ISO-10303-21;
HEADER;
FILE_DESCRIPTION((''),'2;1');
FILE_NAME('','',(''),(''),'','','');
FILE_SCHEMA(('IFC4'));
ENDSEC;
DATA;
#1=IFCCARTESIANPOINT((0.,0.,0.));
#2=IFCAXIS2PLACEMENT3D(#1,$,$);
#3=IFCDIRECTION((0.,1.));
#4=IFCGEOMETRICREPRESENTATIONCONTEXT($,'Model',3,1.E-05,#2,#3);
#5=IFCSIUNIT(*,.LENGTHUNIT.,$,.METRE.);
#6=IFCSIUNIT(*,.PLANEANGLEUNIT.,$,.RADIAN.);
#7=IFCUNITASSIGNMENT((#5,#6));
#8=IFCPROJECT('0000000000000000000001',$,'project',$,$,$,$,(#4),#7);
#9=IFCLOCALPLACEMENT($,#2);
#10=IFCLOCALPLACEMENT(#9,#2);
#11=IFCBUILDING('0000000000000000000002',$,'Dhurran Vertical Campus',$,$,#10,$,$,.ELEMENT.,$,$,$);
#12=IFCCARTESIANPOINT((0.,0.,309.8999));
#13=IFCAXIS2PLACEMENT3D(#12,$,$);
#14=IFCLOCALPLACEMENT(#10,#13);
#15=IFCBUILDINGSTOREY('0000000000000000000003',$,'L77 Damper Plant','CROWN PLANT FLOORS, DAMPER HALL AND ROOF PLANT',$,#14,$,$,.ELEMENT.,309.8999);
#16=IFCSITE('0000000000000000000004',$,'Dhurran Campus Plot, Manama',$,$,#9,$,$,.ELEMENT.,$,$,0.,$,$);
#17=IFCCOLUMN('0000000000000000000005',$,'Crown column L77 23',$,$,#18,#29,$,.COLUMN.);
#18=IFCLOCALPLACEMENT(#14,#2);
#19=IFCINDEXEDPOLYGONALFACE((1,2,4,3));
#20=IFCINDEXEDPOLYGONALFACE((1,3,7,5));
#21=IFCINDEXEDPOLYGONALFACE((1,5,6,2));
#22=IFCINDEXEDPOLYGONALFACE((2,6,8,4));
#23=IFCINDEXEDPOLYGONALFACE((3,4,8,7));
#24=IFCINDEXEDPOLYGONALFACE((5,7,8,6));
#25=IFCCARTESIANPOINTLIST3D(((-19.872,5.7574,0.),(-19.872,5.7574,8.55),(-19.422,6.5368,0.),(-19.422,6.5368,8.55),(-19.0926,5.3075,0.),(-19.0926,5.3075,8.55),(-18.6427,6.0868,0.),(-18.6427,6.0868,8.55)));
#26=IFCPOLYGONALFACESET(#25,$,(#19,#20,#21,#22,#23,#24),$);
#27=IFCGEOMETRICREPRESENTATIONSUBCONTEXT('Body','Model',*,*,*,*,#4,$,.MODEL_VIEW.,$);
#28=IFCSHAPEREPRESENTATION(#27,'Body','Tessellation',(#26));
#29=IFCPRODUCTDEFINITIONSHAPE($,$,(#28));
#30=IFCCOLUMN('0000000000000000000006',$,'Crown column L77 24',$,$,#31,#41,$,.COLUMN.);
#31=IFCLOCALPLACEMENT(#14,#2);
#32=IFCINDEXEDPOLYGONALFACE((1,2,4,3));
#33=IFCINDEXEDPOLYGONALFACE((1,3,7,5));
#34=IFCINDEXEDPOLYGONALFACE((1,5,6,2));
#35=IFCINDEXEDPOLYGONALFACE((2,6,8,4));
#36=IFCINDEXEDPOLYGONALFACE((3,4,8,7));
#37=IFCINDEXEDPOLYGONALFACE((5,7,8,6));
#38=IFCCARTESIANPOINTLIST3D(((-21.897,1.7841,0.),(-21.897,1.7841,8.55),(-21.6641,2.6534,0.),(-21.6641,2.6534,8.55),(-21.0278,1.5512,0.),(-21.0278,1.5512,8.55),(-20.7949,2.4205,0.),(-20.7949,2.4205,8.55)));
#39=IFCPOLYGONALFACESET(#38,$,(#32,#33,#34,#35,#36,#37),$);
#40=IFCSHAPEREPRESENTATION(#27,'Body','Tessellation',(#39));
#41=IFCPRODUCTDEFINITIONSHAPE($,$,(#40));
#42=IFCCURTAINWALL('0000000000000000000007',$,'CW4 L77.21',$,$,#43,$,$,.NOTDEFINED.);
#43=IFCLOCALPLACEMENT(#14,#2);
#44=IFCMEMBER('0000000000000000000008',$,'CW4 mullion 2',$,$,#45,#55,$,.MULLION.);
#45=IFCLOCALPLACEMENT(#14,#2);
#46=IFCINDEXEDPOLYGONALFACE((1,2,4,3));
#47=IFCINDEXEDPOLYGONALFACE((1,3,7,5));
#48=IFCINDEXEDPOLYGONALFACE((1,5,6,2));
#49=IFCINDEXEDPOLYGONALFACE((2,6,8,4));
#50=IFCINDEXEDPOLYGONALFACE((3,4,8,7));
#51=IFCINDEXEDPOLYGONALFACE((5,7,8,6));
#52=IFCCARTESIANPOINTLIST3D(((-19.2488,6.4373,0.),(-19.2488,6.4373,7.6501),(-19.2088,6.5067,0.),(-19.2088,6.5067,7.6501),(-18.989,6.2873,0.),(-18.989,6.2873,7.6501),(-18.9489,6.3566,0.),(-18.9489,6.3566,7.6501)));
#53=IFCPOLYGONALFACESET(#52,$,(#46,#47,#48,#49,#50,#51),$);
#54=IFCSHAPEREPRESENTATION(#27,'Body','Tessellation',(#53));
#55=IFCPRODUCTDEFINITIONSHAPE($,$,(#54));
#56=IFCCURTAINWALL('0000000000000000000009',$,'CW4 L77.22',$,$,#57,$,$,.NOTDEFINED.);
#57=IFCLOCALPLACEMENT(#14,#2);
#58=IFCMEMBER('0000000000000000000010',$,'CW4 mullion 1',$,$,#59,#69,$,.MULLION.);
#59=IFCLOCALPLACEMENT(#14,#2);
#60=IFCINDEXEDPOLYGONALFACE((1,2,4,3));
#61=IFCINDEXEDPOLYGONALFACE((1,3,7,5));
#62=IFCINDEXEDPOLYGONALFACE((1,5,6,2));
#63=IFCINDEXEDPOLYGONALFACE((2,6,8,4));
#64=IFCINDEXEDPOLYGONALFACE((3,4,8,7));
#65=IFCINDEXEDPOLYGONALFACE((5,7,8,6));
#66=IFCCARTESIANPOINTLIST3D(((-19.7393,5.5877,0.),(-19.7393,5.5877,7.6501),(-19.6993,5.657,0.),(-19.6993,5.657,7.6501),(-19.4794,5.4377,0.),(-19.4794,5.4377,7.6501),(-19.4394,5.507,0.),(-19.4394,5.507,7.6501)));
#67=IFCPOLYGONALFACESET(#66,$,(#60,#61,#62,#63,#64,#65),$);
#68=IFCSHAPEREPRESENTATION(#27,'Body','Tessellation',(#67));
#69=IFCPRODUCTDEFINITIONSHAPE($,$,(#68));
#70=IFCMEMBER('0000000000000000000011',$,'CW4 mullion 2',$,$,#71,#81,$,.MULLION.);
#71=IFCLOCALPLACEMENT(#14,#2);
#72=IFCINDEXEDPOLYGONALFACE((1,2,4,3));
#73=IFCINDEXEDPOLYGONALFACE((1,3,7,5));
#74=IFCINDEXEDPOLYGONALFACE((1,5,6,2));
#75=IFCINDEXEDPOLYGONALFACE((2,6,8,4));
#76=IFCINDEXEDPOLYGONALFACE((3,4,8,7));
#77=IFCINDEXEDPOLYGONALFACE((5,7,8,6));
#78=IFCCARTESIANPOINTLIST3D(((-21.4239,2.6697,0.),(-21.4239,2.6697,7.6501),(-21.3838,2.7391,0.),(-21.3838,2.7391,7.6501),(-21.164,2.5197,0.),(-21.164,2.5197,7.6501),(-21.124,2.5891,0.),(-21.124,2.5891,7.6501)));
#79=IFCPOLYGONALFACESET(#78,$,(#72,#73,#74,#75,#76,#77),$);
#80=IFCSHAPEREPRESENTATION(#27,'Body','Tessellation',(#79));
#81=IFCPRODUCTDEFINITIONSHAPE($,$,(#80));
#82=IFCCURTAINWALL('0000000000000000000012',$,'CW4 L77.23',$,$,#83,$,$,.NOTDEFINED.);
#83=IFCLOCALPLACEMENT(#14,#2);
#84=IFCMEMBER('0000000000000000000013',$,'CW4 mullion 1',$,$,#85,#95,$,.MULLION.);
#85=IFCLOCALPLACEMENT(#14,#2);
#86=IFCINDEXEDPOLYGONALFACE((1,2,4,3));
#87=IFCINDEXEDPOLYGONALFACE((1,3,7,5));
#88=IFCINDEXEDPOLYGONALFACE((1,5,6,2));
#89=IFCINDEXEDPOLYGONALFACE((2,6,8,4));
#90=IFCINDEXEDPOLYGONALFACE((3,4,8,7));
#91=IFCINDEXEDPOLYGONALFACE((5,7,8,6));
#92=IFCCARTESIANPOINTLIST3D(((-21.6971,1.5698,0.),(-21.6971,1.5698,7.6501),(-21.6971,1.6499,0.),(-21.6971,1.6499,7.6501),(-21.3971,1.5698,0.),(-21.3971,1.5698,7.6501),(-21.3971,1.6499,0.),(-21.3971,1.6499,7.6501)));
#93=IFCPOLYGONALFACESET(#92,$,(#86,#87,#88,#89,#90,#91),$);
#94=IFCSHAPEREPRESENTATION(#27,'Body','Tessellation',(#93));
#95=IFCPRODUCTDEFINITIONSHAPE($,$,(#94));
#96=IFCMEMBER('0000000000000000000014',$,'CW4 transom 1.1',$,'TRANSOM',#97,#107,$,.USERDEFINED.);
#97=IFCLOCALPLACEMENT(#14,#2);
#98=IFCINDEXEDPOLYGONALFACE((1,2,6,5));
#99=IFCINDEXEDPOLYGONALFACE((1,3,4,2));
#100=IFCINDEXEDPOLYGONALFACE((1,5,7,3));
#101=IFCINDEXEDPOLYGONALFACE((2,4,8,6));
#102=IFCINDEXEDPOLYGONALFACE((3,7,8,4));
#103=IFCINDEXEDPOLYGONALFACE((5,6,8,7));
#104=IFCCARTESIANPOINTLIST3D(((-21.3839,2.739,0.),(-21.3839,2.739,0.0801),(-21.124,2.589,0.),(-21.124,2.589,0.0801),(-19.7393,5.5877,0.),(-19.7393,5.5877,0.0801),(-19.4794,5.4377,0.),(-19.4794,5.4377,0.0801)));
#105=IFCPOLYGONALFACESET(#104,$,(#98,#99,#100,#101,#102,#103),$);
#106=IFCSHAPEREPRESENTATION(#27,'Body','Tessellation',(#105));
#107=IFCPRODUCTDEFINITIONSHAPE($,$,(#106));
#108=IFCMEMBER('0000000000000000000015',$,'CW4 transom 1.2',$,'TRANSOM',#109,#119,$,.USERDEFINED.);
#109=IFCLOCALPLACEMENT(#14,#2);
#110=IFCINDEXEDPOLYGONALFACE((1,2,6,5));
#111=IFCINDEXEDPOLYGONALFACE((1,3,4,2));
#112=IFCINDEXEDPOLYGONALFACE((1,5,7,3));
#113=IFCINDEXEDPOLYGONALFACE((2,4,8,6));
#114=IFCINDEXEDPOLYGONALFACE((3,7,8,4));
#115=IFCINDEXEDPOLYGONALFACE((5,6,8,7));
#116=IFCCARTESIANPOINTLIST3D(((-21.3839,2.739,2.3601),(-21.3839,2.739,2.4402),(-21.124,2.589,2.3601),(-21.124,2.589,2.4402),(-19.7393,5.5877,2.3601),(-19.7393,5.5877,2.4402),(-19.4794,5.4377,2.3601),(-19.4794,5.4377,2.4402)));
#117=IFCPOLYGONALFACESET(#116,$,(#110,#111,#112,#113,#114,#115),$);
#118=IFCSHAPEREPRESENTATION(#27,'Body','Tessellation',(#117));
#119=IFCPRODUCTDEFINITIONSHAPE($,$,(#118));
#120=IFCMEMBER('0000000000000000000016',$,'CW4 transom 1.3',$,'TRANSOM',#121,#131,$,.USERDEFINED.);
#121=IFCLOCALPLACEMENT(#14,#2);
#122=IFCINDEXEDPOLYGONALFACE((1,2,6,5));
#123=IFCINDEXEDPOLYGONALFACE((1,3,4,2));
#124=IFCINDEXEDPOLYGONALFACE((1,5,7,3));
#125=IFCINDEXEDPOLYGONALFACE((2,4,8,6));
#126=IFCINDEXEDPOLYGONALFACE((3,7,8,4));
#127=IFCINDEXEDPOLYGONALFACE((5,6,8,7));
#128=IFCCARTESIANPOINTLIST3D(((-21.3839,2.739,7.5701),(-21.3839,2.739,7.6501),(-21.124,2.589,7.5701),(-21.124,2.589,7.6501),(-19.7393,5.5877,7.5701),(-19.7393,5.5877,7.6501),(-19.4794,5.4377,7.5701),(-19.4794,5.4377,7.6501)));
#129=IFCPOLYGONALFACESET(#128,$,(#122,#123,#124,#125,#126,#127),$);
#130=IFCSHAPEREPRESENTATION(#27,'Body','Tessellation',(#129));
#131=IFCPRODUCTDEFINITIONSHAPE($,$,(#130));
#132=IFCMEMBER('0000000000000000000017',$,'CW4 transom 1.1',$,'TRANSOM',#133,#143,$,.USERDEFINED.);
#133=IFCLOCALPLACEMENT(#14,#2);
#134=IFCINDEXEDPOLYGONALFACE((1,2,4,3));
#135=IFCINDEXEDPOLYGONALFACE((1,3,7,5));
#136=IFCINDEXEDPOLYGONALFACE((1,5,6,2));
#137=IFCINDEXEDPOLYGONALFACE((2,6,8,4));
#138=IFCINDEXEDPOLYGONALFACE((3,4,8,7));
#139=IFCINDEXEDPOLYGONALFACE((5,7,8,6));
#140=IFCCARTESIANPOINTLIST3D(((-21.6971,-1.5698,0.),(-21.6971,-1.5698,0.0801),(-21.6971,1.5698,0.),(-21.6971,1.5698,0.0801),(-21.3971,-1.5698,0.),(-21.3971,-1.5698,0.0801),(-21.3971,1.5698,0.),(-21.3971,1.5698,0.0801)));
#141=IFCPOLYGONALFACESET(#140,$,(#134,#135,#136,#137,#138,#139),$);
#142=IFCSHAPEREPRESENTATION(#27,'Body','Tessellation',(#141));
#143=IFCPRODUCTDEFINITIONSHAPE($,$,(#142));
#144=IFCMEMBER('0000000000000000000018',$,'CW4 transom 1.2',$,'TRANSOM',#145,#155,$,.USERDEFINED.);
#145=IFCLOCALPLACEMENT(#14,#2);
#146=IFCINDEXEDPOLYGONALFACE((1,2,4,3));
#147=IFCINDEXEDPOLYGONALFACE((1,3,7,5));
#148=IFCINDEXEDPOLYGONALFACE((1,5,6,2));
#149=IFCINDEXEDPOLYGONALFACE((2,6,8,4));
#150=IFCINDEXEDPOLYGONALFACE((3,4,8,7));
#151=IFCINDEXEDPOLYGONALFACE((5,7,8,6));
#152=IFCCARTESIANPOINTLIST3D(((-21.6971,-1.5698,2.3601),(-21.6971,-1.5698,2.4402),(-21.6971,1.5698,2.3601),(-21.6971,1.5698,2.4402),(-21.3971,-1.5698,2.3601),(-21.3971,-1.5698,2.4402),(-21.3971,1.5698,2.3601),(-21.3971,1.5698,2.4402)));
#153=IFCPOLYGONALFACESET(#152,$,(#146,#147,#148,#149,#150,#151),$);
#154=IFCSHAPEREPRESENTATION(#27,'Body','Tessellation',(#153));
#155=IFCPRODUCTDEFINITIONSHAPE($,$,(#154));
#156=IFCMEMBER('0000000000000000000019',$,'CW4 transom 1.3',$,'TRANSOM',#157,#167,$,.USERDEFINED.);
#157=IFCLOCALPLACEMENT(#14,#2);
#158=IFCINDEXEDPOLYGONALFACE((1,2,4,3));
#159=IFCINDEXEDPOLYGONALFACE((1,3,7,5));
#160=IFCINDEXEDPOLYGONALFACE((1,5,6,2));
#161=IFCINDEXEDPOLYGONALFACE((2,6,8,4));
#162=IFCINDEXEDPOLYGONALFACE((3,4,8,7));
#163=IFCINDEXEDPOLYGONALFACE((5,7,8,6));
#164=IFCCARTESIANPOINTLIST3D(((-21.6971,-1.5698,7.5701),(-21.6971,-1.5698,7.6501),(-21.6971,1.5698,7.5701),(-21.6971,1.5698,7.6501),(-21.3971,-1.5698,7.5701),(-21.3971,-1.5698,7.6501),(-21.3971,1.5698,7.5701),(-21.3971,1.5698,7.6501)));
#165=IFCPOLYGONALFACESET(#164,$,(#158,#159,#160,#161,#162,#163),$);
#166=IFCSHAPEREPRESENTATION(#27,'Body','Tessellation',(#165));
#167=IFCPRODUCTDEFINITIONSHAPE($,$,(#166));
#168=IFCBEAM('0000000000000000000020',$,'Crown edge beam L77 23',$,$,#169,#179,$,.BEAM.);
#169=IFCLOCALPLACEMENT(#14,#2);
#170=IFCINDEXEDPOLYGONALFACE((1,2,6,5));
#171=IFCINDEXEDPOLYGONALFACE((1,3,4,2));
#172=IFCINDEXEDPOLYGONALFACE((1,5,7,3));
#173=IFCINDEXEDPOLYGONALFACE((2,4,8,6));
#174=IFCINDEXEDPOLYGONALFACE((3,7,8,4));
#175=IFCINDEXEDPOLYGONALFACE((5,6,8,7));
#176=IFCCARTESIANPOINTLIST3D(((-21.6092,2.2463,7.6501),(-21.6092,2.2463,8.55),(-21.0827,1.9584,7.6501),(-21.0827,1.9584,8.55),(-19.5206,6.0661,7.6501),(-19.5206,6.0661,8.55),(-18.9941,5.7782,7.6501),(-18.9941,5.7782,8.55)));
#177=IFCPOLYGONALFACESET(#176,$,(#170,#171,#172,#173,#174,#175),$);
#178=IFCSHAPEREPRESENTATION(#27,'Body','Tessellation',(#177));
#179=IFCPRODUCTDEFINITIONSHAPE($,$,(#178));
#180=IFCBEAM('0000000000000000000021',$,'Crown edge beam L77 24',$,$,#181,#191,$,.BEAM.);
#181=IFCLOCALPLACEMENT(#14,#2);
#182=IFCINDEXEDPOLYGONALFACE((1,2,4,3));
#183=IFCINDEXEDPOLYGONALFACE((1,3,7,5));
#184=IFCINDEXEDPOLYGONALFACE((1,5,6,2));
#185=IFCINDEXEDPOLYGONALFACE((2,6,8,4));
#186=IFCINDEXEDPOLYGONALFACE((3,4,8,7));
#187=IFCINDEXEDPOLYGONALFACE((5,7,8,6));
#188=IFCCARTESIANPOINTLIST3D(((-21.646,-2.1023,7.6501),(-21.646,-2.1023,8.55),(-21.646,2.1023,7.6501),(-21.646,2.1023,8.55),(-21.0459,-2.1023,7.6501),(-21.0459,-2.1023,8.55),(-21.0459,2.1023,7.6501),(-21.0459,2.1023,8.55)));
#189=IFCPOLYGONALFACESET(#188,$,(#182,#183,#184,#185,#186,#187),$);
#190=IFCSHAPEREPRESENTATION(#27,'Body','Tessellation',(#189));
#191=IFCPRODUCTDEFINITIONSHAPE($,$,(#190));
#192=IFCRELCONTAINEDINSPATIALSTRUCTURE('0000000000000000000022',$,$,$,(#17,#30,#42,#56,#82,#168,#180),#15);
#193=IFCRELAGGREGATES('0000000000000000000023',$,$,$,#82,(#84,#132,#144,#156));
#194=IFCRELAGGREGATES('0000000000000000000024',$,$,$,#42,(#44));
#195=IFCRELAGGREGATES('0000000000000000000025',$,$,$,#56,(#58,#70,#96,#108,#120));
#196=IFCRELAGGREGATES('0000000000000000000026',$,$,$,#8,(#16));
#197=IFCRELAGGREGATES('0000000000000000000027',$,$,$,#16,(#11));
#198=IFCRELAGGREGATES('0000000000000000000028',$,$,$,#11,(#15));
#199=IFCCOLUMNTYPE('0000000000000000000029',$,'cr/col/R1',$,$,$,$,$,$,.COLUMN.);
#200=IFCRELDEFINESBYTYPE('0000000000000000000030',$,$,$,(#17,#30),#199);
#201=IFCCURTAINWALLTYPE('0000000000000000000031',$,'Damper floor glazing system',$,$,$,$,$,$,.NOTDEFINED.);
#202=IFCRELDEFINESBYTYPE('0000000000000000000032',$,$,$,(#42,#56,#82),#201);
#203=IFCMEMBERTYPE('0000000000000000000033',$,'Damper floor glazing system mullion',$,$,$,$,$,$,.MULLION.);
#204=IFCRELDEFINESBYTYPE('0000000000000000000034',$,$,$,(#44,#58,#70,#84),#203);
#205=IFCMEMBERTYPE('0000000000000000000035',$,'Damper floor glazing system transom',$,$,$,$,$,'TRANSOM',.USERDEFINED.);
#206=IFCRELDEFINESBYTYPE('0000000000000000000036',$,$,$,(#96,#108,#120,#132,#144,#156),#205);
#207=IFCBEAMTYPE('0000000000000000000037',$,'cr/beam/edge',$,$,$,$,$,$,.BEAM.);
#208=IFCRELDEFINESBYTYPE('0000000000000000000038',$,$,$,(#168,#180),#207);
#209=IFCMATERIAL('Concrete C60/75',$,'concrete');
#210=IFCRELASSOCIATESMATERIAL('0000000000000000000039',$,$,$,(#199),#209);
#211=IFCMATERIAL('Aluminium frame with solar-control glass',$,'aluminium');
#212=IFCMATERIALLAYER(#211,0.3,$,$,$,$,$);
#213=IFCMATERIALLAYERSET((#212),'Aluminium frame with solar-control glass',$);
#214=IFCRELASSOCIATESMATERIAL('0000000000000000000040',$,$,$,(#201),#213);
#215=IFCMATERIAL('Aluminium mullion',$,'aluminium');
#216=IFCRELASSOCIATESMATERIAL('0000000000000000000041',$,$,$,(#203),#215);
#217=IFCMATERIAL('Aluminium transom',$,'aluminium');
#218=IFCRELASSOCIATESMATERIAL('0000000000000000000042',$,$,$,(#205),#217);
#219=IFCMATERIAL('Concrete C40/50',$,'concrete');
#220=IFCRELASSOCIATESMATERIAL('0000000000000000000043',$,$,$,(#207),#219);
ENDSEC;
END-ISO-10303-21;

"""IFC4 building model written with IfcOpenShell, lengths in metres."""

from ifc_helpers import new_model, si_unit, direction, frame, origin, origin_2d, place, context, subcontext, project, spatial, rectangle, extrude, material, layer, layer_set, material_profile, profile_set, type_object, element, aggregate, save


model = new_model("IFC4")

# Units and contexts
model_context = context("Model", 3, precision=1e-05, world=origin(), true_north=direction((0.0, 1.0)))
body_context = subcontext(model_context, "Body", "Model", "MODEL_VIEW")
ifc_project = project(units=[si_unit("LENGTHUNIT", "METRE"), si_unit("PLANEANGLEUNIT", "RADIAN")], contexts=[model_context])

# Site, building, storey
site_placement = place(None, origin())
site = spatial("IfcSite", under=ifc_project, at=site_placement, Name="Dhurran Campus Plot, Manama", CompositionType="ELEMENT", RefElevation=0.0)
building_placement = place(site_placement, origin())
building = spatial("IfcBuilding", under=site, at=building_placement, Name="Dhurran Vertical Campus", CompositionType="ELEMENT")
storey_placement = place(building_placement, frame((0.0, 0.0, 309.8999)))
storey = spatial("IfcBuildingStorey", under=building, at=storey_placement, Name="L77 Damper Plant", Description="CROWN PLANT FLOORS, DAMPER HALL AND ROOF PLANT", CompositionType="ELEMENT", Elevation=309.8999)

# Columns
ifc_material_1 = material(Name="Concrete C60/75", Category="concrete")
ifc_material_profile_1 = material_profile(ifc_material_1, rectangle(XDim=0.8999, YDim=0.8999, at=origin_2d()), Name="cr/col/R1")
ifc_profile_set_1 = profile_set([ifc_material_profile_1], Name="Concrete C60/75")
column_type = type_object("IfcColumnType", Name="cr/col/R1", PredefinedType="COLUMN", material=ifc_profile_set_1)
for number, where, z_axis, x_axis, name in (
    (1, (-19.2573, 5.9221, 0.0), (0.0, 0.0, 1.0), (-0.5, -0.866025, 0.0), "Crown column L77 23"),
    (2, (-21.3459, 2.1023, 0.0), (0.0, 0.0, 1.0), (-0.258819, -0.965926, 0.0), "Crown column L77 24"),
):
    element("IfcColumn", number, at=place(storey_placement, frame(where, z_axis=z_axis, x_axis=x_axis)), inside=storey, type_object=column_type, Name=name, PredefinedType="COLUMN", context=body_context, shape_type="SweptSolid", body=[
        extrude(rectangle(XDim=0.8999, YDim=0.8999, at=origin_2d()), origin(), (0.0, 0.0, 1.0), 8.55),
    ])

# Curtain wall, member
ifc_material_2 = material(Name="Aluminium frame with solar-control glass", Category="aluminium")
ifc_layer_1 = layer(ifc_material_2, 0.3)
ifc_layer_set_1 = layer_set([ifc_layer_1], Name="Aluminium frame with solar-control glass")
curtain_wall_type = type_object("IfcCurtainWallType", Name="Damper floor glazing system", PredefinedType="NOTDEFINED", material=ifc_layer_set_1)
curtain_wall_1_placement = place(storey_placement, origin())
curtain_wall_1 = element("IfcCurtainWall", 3, at=curtain_wall_1_placement, inside=storey, type_object=curtain_wall_type, Name="CW4 L77.21", PredefinedType="NOTDEFINED")
ifc_material_3 = material(Name="Aluminium mullion", Category="aluminium")
ifc_material_profile_2 = material_profile(ifc_material_3, rectangle(XDim=0.3, YDim=0.0801, at=origin_2d()), Name="Damper floor glazing system mullion")
ifc_profile_set_2 = profile_set([ifc_material_profile_2], Name="Aluminium mullion")
member_type_1 = type_object("IfcMemberType", Name="Damper floor glazing system mullion", PredefinedType="MULLION", material=ifc_profile_set_2)
member_1_placement = place(storey_placement, frame((-19.0989, 6.397, 0.0), z_axis=(0.0, 0.0, 1.0), x_axis=(0.866024, -0.500003, 0.0)))
member_1 = element("IfcMember", 4, at=member_1_placement, type_object=member_type_1, Name="CW4 mullion 2", PredefinedType="MULLION", context=body_context, shape_type="SweptSolid", body=[
    extrude(rectangle(XDim=0.3, YDim=0.0801, at=origin_2d()), origin(), (0.0, 0.0, 1.0), 7.6501),
])

# Curtain wall, members
curtain_wall_2_placement = place(storey_placement, origin())
curtain_wall_2 = element("IfcCurtainWall", 5, at=curtain_wall_2_placement, inside=storey, type_object=curtain_wall_type, Name="CW4 L77.22", PredefinedType="NOTDEFINED")
member_2_placement = place(storey_placement, frame((-19.5894, 5.5474, 0.0), z_axis=(0.0, 0.0, 1.0), x_axis=(0.866028, -0.499996, 0.0)))
member_2 = element("IfcMember", 6, at=member_2_placement, type_object=member_type_1, Name="CW4 mullion 1", PredefinedType="MULLION", context=body_context, shape_type="SweptSolid", body=[
    extrude(rectangle(XDim=0.3, YDim=0.0801, at=origin_2d()), origin(), (0.0, 0.0, 1.0), 7.6501),
])
member_3_placement = place(storey_placement, frame((-21.2739, 2.6294, 0.0), z_axis=(0.0, 0.0, 1.0), x_axis=(0.866028, -0.499996, 0.0)))
member_3 = element("IfcMember", 7, at=member_3_placement, type_object=member_type_1, Name="CW4 mullion 2", PredefinedType="MULLION", context=body_context, shape_type="SweptSolid", body=[
    extrude(rectangle(XDim=0.3, YDim=0.0801, at=origin_2d()), origin(), (0.0, 0.0, 1.0), 7.6501),
])

# Curtain wall, member
curtain_wall_3_placement = place(storey_placement, origin())
curtain_wall_3 = element("IfcCurtainWall", 8, at=curtain_wall_3_placement, inside=storey, type_object=curtain_wall_type, Name="CW4 L77.23", PredefinedType="NOTDEFINED")
member_4_placement = place(storey_placement, frame((-21.5471, 1.6099, 0.0), z_axis=(0.0, 0.0, 1.0), x_axis=(1.0, 0.0, 0.0)))
member_4 = element("IfcMember", 9, at=member_4_placement, type_object=member_type_1, Name="CW4 mullion 1", PredefinedType="MULLION", context=body_context, shape_type="SweptSolid", body=[
    extrude(rectangle(XDim=0.3, YDim=0.0801, at=origin_2d()), origin(), (0.0, 0.0, 1.0), 7.6501),
])

# Members
ifc_material_4 = material(Name="Aluminium transom", Category="aluminium")
ifc_material_profile_3 = material_profile(ifc_material_4, rectangle(XDim=0.3, YDim=0.0801, at=origin_2d()), Name="Damper floor glazing system transom")
ifc_profile_set_3 = profile_set([ifc_material_profile_3], Name="Aluminium transom")
member_type_2 = type_object("IfcMemberType", Name="Damper floor glazing system transom", ElementType="TRANSOM", PredefinedType="USERDEFINED", material=ifc_profile_set_3)
member_5_placement = place(storey_placement, frame((-19.6094, 5.5127, 0.04), z_axis=(-0.499971, -0.866042, 0.0), x_axis=(0.866042, -0.499971, 0.0)))
member_5 = element("IfcMember", 10, at=member_5_placement, type_object=member_type_2, Name="CW4 transom 1.1", ObjectType="TRANSOM", PredefinedType="USERDEFINED", context=body_context, shape_type="SweptSolid", body=[
    extrude(rectangle(XDim=0.3, YDim=0.0801, at=origin_2d()), origin(), (0.0, 0.0, 1.0), 3.2893),
])
member_6_placement = place(storey_placement, frame((-19.6094, 5.5127, 2.4001), z_axis=(-0.499971, -0.866042, 0.0), x_axis=(0.866042, -0.499971, 0.0)))
member_6 = element("IfcMember", 11, at=member_6_placement, type_object=member_type_2, Name="CW4 transom 1.2", ObjectType="TRANSOM", PredefinedType="USERDEFINED", context=body_context, shape_type="SweptSolid", body=[
    extrude(rectangle(XDim=0.3, YDim=0.0801, at=origin_2d()), origin(), (0.0, 0.0, 1.0), 3.2893),
])
member_7_placement = place(storey_placement, frame((-19.6094, 5.5127, 7.6101), z_axis=(-0.499971, -0.866042, 0.0), x_axis=(0.866042, -0.499971, 0.0)))
member_7 = element("IfcMember", 12, at=member_7_placement, type_object=member_type_2, Name="CW4 transom 1.3", ObjectType="TRANSOM", PredefinedType="USERDEFINED", context=body_context, shape_type="SweptSolid", body=[
    extrude(rectangle(XDim=0.3, YDim=0.0801, at=origin_2d()), origin(), (0.0, 0.0, 1.0), 3.2893),
])
member_8_placement = place(storey_placement, frame((-21.5471, 1.5698, 0.04), z_axis=(0.0, -1.0, 0.0), x_axis=(1.0, 0.0, 0.0)))
member_8 = element("IfcMember", 13, at=member_8_placement, type_object=member_type_2, Name="CW4 transom 1.1", ObjectType="TRANSOM", PredefinedType="USERDEFINED", context=body_context, shape_type="SweptSolid", body=[
    extrude(rectangle(XDim=0.3, YDim=0.0801, at=origin_2d()), origin(), (0.0, 0.0, 1.0), 3.1396),
])
member_9_placement = place(storey_placement, frame((-21.5471, 1.5698, 2.4001), z_axis=(0.0, -1.0, 0.0), x_axis=(1.0, 0.0, 0.0)))
member_9 = element("IfcMember", 14, at=member_9_placement, type_object=member_type_2, Name="CW4 transom 1.2", ObjectType="TRANSOM", PredefinedType="USERDEFINED", context=body_context, shape_type="SweptSolid", body=[
    extrude(rectangle(XDim=0.3, YDim=0.0801, at=origin_2d()), origin(), (0.0, 0.0, 1.0), 3.1396),
])
member_10_placement = place(storey_placement, frame((-21.5471, 1.5698, 7.6101), z_axis=(0.0, -1.0, 0.0), x_axis=(1.0, 0.0, 0.0)))
member_10 = element("IfcMember", 15, at=member_10_placement, type_object=member_type_2, Name="CW4 transom 1.3", ObjectType="TRANSOM", PredefinedType="USERDEFINED", context=body_context, shape_type="SweptSolid", body=[
    extrude(rectangle(XDim=0.3, YDim=0.0801, at=origin_2d()), origin(), (0.0, 0.0, 1.0), 3.1396),
])
aggregate(curtain_wall_3, [member_4, member_8, member_9, member_10])

# Beams
ifc_material_5 = material(Name="Concrete C40/50", Category="concrete")
ifc_material_profile_4 = material_profile(ifc_material_5, rectangle(XDim=0.6001, YDim=0.8999, at=origin_2d()), Name="cr/beam/edge")
ifc_profile_set_4 = profile_set([ifc_material_profile_4], Name="Concrete C40/50")
beam_type = type_object("IfcBeamType", Name="cr/beam/edge", PredefinedType="BEAM", material=ifc_profile_set_4)
beam_1_placement = place(storey_placement, frame((-19.2573, 5.9221, 8.1001), z_axis=(-0.479752, -0.877404, 0.0), x_axis=(0.877404, -0.479752, 0.0)))
element("IfcBeam", 16, at=beam_1_placement, inside=storey, type_object=beam_type, Name="Crown edge beam L77 23", PredefinedType="BEAM", context=body_context, shape_type="SweptSolid", body=[
    extrude(rectangle(XDim=0.6001, YDim=0.8999, at=origin_2d()), origin(), (0.0, 0.0, 1.0), 4.3535),
])
beam_2_placement = place(storey_placement, frame((-21.3459, 2.1023, 8.1001), z_axis=(0.0, -1.0, 0.0), x_axis=(1.0, 0.0, 0.0)))
element("IfcBeam", 17, at=beam_2_placement, inside=storey, type_object=beam_type, Name="Crown edge beam L77 24", PredefinedType="BEAM", context=body_context, shape_type="SweptSolid", body=[
    extrude(rectangle(XDim=0.6001, YDim=0.8999, at=origin_2d()), origin(), (0.0, 0.0, 1.0), 4.2046),
])

aggregate(curtain_wall_1, [member_1])
aggregate(curtain_wall_2, [member_2, member_3, member_5, member_6, member_7])

save(model, "model.ifc")
